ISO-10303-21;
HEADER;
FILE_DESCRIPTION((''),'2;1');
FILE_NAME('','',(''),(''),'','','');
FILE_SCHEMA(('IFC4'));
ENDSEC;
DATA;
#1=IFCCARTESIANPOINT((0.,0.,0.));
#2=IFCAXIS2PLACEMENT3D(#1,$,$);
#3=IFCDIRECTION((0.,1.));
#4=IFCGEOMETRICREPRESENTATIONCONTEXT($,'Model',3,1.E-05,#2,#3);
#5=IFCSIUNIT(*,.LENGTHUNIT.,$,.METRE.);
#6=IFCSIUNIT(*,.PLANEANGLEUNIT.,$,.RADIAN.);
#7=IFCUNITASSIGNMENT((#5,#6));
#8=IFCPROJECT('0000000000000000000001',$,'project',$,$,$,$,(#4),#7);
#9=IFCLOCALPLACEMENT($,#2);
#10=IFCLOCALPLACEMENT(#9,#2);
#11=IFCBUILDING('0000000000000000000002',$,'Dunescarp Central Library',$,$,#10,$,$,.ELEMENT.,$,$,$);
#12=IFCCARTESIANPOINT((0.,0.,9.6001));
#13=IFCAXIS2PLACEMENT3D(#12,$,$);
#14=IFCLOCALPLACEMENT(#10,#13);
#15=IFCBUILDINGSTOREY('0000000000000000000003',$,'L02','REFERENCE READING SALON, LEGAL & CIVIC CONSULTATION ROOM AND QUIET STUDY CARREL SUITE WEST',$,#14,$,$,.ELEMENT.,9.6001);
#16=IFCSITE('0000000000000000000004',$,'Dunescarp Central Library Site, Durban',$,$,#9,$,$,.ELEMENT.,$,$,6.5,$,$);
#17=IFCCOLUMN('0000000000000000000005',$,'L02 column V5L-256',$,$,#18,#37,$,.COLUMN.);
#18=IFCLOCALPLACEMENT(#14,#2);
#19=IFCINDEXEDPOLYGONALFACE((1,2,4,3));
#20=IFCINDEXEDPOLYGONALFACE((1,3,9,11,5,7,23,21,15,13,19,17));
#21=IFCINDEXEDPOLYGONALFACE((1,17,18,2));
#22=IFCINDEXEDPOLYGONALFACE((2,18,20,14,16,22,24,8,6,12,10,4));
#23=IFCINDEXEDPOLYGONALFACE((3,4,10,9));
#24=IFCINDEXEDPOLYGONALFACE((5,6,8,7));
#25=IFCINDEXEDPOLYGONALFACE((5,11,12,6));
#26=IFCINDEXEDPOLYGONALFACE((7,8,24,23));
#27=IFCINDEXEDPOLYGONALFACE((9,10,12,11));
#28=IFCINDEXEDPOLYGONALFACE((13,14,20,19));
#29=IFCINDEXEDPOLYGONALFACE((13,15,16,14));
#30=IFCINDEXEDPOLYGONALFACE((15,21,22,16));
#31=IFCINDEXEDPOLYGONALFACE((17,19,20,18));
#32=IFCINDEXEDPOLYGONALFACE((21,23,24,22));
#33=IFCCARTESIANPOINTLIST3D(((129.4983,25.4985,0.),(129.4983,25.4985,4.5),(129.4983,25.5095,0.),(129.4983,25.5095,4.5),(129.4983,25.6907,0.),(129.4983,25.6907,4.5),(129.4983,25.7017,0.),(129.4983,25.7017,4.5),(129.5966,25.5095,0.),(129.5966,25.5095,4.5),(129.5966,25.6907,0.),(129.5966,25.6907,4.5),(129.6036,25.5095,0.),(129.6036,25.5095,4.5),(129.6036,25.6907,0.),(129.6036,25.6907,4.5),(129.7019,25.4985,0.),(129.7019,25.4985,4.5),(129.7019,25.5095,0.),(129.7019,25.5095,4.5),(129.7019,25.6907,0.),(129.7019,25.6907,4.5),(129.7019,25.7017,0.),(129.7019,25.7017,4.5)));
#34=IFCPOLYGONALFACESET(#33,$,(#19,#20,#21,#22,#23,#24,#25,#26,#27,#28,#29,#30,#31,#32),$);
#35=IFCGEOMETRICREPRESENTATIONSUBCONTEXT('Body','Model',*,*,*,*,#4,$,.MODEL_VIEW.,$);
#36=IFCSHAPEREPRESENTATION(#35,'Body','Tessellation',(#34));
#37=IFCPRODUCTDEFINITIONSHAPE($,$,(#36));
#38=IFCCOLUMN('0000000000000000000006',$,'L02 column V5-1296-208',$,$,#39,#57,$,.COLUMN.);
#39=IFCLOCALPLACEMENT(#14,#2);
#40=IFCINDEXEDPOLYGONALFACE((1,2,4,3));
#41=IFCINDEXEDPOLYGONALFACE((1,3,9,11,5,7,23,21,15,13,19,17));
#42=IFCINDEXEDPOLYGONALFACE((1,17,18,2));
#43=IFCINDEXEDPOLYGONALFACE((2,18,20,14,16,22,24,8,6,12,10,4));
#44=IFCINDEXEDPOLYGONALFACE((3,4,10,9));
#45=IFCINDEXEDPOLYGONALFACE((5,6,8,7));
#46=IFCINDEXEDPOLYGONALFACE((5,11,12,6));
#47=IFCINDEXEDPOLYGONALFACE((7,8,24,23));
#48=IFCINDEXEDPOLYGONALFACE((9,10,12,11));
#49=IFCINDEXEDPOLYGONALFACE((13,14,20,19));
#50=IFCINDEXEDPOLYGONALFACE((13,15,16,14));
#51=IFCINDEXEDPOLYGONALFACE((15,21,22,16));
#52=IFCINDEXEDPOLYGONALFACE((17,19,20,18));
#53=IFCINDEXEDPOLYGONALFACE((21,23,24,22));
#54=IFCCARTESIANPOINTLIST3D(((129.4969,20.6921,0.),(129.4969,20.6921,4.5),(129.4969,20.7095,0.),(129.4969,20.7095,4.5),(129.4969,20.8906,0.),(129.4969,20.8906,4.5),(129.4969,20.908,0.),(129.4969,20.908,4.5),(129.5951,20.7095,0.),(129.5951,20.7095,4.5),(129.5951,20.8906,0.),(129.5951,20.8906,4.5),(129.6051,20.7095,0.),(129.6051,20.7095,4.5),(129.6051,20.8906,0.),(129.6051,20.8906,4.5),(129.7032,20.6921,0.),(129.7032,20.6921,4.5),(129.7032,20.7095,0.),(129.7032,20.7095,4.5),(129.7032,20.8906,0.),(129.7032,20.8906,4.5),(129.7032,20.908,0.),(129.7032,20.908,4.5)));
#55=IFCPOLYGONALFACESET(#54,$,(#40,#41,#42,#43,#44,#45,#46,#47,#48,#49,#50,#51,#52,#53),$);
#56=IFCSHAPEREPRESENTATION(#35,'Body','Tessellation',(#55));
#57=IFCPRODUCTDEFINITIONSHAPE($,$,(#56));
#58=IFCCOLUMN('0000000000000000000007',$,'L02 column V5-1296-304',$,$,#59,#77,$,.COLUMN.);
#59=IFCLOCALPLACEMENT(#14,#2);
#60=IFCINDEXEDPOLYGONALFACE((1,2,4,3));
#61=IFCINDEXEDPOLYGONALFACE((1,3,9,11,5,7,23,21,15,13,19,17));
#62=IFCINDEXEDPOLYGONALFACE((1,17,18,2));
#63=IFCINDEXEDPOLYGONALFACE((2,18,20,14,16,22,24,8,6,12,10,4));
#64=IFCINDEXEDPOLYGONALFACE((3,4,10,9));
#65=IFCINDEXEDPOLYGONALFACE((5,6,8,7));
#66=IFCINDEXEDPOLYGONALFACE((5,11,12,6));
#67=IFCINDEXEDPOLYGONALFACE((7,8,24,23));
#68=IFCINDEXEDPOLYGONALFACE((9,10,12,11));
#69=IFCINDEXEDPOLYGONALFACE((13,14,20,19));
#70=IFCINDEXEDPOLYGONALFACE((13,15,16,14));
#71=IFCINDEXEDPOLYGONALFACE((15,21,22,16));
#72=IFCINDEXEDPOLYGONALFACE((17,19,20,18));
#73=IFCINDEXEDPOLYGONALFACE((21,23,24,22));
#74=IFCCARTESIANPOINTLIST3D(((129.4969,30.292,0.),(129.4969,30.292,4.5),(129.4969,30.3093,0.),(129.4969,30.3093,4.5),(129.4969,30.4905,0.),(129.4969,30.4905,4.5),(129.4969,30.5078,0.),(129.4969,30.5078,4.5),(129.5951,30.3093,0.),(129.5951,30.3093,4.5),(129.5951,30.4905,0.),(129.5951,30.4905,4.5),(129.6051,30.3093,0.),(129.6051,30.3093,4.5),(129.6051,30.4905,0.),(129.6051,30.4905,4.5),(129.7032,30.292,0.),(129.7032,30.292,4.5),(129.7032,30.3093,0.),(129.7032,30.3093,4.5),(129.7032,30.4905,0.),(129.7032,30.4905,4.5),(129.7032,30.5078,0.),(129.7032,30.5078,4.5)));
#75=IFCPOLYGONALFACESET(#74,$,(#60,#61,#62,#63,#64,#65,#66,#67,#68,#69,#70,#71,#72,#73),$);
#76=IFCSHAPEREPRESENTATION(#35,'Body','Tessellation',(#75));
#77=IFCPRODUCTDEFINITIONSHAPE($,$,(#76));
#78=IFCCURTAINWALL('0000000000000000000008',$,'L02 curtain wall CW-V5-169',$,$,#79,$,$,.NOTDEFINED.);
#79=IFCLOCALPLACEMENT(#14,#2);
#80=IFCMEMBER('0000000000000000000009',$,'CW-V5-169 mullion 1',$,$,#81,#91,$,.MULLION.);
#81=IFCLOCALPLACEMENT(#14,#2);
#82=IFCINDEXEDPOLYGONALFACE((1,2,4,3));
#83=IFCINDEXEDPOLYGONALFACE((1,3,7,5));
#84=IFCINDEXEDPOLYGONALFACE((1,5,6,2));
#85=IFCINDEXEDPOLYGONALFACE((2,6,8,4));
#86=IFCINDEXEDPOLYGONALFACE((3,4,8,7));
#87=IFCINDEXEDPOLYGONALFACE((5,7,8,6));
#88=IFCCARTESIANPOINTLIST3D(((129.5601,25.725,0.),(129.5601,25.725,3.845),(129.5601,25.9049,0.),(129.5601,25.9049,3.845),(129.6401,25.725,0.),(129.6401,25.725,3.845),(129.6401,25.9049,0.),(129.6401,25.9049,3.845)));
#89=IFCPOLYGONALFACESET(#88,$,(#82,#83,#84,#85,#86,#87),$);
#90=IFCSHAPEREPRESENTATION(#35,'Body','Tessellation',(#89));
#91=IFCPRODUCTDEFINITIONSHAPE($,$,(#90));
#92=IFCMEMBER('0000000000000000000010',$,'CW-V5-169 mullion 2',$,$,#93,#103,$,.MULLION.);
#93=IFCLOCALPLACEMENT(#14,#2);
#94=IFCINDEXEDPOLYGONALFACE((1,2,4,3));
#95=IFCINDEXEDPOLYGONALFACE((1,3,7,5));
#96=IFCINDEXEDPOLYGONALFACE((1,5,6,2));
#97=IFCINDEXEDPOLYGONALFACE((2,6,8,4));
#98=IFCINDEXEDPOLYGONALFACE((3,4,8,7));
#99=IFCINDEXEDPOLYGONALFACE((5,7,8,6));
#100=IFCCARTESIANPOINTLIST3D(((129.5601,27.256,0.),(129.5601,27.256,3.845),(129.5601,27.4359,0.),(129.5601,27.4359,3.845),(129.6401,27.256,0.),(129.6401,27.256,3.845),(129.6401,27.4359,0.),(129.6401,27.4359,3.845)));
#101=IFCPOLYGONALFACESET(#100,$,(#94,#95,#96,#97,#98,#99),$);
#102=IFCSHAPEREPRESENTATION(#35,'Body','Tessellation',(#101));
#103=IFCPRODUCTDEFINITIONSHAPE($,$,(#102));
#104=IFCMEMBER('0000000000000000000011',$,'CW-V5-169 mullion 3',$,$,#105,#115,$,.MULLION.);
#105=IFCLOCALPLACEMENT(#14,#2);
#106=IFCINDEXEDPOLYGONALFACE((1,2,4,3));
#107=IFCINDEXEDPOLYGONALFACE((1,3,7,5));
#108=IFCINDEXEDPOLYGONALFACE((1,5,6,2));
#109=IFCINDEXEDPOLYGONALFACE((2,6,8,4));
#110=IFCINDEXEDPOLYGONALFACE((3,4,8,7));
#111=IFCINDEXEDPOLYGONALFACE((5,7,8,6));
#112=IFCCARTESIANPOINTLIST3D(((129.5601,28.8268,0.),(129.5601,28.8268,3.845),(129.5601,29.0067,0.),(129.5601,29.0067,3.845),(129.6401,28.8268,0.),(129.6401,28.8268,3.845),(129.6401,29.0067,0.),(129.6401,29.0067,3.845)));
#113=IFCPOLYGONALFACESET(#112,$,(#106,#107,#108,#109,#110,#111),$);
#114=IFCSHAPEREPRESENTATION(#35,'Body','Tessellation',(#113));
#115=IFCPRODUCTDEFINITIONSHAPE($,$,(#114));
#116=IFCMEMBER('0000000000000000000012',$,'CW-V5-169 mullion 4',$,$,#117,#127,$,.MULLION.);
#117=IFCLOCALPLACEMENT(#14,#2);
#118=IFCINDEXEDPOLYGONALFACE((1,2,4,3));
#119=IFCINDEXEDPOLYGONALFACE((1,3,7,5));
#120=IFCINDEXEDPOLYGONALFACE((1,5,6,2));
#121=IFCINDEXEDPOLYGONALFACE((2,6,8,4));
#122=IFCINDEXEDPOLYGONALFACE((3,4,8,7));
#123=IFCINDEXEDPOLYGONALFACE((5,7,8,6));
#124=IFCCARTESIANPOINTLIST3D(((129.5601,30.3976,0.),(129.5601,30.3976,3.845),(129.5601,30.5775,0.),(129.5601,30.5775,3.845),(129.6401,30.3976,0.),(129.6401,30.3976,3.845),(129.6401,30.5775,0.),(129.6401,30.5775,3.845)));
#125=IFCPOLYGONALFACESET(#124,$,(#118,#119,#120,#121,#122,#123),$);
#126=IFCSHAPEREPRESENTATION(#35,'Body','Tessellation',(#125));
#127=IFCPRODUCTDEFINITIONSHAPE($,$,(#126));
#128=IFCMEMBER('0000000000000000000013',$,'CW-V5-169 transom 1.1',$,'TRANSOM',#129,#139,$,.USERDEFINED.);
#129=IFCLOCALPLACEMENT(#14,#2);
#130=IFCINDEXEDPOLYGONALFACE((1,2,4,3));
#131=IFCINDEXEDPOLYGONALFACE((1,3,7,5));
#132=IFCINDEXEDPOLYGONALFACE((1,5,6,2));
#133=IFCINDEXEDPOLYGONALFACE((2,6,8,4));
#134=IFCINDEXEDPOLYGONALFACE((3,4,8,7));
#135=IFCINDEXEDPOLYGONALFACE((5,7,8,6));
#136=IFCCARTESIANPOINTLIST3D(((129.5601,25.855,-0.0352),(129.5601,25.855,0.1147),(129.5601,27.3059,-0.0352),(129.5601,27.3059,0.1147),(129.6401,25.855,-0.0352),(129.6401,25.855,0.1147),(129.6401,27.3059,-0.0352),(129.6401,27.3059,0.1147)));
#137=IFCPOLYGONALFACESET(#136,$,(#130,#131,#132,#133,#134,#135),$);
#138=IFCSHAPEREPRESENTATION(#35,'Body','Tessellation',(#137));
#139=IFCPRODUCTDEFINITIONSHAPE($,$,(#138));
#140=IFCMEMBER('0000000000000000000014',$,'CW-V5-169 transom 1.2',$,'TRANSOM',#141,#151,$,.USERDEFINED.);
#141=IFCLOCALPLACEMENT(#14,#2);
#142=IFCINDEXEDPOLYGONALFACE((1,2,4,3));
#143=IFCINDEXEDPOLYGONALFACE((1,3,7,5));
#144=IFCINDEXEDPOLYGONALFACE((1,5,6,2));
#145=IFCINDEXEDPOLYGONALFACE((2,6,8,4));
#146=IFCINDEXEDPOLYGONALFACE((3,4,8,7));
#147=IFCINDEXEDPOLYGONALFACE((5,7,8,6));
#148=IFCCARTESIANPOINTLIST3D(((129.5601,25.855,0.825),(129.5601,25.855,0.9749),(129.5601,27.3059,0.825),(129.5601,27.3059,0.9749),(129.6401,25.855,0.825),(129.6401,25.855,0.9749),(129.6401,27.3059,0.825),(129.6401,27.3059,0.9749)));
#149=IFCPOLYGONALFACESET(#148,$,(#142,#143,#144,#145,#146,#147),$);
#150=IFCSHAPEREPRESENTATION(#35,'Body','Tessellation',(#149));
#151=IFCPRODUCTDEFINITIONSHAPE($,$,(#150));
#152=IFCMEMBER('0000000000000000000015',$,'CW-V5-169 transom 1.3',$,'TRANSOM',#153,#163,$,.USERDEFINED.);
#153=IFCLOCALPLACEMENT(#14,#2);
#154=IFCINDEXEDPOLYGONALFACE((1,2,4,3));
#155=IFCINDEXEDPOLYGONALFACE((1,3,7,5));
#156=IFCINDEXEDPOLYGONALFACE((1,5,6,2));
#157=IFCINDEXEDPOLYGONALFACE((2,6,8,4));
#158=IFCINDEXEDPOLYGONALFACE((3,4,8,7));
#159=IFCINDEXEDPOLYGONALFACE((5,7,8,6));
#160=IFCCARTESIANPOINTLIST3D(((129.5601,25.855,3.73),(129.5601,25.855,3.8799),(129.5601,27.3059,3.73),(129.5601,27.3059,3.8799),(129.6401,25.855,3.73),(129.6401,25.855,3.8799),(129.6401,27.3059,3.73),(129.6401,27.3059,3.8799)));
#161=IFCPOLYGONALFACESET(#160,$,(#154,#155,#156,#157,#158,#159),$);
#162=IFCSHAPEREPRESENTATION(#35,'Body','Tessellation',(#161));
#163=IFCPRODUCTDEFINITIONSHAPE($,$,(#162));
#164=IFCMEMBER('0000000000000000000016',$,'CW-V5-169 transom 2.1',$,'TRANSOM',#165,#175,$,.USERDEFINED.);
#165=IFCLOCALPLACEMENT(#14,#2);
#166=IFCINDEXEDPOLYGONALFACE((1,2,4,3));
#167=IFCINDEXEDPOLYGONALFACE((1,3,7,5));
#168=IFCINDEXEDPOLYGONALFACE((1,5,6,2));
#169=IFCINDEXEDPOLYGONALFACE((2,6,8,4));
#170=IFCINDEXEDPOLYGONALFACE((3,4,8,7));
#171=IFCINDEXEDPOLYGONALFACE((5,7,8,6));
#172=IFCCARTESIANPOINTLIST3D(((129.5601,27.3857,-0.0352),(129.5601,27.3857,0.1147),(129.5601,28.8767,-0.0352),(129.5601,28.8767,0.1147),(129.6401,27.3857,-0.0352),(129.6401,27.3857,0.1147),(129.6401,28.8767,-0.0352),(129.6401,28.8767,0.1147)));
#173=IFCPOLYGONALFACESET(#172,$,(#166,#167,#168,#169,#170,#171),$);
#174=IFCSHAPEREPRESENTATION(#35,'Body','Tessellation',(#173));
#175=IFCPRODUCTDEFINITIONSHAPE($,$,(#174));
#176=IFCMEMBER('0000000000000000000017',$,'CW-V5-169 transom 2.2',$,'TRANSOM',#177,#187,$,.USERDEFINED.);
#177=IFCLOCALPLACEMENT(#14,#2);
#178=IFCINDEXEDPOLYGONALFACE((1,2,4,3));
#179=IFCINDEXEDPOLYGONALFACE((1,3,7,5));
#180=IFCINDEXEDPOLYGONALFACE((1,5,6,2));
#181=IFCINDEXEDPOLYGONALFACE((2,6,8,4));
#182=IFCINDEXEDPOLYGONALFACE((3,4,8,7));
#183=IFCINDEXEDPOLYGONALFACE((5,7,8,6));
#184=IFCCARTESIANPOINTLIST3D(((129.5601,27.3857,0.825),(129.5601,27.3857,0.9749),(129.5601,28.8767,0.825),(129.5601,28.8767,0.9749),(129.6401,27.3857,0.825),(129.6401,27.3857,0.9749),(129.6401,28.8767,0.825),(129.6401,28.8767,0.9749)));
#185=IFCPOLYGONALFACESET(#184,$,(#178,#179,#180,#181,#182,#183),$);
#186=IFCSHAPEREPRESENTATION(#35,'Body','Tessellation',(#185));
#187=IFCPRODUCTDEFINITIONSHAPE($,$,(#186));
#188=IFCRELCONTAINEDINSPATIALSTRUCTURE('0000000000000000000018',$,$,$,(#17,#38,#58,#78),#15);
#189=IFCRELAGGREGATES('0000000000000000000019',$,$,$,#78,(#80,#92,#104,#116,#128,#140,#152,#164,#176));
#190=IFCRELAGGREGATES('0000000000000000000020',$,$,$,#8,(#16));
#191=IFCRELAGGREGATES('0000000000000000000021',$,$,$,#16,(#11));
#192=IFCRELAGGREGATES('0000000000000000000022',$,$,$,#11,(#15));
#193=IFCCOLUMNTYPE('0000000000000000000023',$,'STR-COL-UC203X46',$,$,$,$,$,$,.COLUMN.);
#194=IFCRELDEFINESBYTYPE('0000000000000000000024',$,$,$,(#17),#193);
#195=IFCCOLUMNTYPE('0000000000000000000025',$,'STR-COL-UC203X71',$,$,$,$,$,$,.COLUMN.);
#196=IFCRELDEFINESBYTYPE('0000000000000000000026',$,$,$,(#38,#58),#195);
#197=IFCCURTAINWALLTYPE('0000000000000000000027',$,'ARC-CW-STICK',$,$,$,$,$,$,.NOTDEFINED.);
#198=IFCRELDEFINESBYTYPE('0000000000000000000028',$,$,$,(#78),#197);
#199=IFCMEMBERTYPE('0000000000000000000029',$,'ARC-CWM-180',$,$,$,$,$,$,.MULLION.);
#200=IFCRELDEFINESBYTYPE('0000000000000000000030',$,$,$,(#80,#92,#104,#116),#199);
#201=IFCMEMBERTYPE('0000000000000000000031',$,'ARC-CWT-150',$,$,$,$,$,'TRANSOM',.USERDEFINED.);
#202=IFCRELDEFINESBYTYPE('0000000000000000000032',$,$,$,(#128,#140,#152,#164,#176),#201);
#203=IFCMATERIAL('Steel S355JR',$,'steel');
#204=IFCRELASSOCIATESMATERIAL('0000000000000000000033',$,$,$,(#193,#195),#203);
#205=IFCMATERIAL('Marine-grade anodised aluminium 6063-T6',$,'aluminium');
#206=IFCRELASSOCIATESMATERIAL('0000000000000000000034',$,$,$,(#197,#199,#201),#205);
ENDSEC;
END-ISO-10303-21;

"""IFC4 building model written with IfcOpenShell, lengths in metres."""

from ifc_helpers import new_model, si_unit, direction, frame, origin, origin_2d, place, context, subcontext, project, spatial, rectangle, i_section, extrude, material, material_profile, profile_set, type_object, element, aggregate, save


model = new_model("IFC4")

# Units and contexts
model_context = context("Model", 3, precision=1e-05, world=origin(), true_north=direction((0.0, 1.0)))
body_context = subcontext(model_context, "Body", "Model", "MODEL_VIEW")
ifc_project = project(units=[si_unit("LENGTHUNIT", "METRE"), si_unit("PLANEANGLEUNIT", "RADIAN")], contexts=[model_context])

# Site, building, storey
site_placement = place(None, origin())
site = spatial("IfcSite", under=ifc_project, at=site_placement, Name="Dunescarp Central Library Site, Durban", CompositionType="ELEMENT", RefElevation=6.5)
building_placement = place(site_placement, origin())
building = spatial("IfcBuilding", under=site, at=building_placement, Name="Dunescarp Central Library", CompositionType="ELEMENT")
storey_placement = place(building_placement, frame((0.0, 0.0, 9.6001)))
storey = spatial("IfcBuildingStorey", under=building, at=storey_placement, Name="L02", Description="REFERENCE READING SALON, LEGAL & CIVIC CONSULTATION ROOM AND QUIET STUDY CARREL SUITE WEST", CompositionType="ELEMENT", Elevation=9.6001)

# Columns
ifc_material_1 = material(Name="Steel S355JR", Category="steel")
ifc_material_profile_1 = material_profile(ifc_material_1, i_section(OverallWidth=0.2036, OverallDepth=0.2031, WebThickness=0.0071, FlangeThickness=0.011, at=origin_2d()), Name="UC 203x203x46")
ifc_profile_set_1 = profile_set([ifc_material_profile_1], Name="Steel S355JR")
column_type_1 = type_object("IfcColumnType", Name="STR-COL-UC203X46", PredefinedType="COLUMN", material=ifc_profile_set_1)
column_placement = place(storey_placement, frame((129.6001, 25.6001, 0.0), z_axis=(0.0, 0.0, 1.0), x_axis=(1.0, 0.0, 0.0)))
element("IfcColumn", 1, at=column_placement, inside=storey, type_object=column_type_1, Name="L02 column V5L-256", PredefinedType="COLUMN", context=body_context, shape_type="SweptSolid", body=[
    extrude(i_section(OverallWidth=0.2036, OverallDepth=0.2031, WebThickness=0.0071, FlangeThickness=0.011, at=origin_2d()), origin(), (0.0, 0.0, 1.0), 4.5),
])
ifc_material_profile_2 = material_profile(ifc_material_1, i_section(OverallWidth=0.2063, OverallDepth=0.2158, WebThickness=0.01, FlangeThickness=0.0173, at=origin_2d()), Name="UC 203x203x71")
ifc_profile_set_2 = profile_set([ifc_material_profile_2], Name="Steel S355JR")
column_type_2 = type_object("IfcColumnType", Name="STR-COL-UC203X71", PredefinedType="COLUMN", material=ifc_profile_set_2)
for number, where, z_axis, x_axis, name in (
    (2, (129.6001, 20.8, 0.0), (0.0, 0.0, 1.0), (1.0, 0.0, 0.0), "L02 column V5-1296-208"),
    (3, (129.6001, 30.3999, 0.0), (0.0, 0.0, 1.0), (1.0, 0.0, 0.0), "L02 column V5-1296-304"),
):
    element("IfcColumn", number, at=place(storey_placement, frame(where, z_axis=z_axis, x_axis=x_axis)), inside=storey, type_object=column_type_2, Name=name, PredefinedType="COLUMN", context=body_context, shape_type="SweptSolid", body=[
        extrude(i_section(OverallWidth=0.2063, OverallDepth=0.2158, WebThickness=0.01, FlangeThickness=0.0173, at=origin_2d()), origin(), (0.0, 0.0, 1.0), 4.5),
    ])

# Curtain wall, members
ifc_material_2 = material(Name="Marine-grade anodised aluminium 6063-T6", Category="aluminium")
curtain_wall_type = type_object("IfcCurtainWallType", Name="ARC-CW-STICK", PredefinedType="NOTDEFINED", material=ifc_material_2)
curtain_wall_placement = place(storey_placement, origin())
curtain_wall = element("IfcCurtainWall", 4, at=curtain_wall_placement, inside=storey, type_object=curtain_wall_type, Name="L02 curtain wall CW-V5-169", PredefinedType="NOTDEFINED")
ifc_material_profile_3 = material_profile(ifc_material_2, rectangle(XDim=0.0801, YDim=0.1799, at=origin_2d()), Name="AL 80x180")
ifc_profile_set_3 = profile_set([ifc_material_profile_3], Name="Marine-grade anodised aluminium 6063-T6")
member_type_1 = type_object("IfcMemberType", Name="ARC-CWM-180", PredefinedType="MULLION", material=ifc_profile_set_3)
member_1_placement = place(storey_placement, frame((129.6001, 25.8149, 0.0), z_axis=(0.0, 0.0, 1.0), x_axis=(-1.0, 0.0, 0.0)))
member_1 = element("IfcMember", 5, at=member_1_placement, type_object=member_type_1, Name="CW-V5-169 mullion 1", PredefinedType="MULLION", context=body_context, shape_type="SweptSolid", body=[
    extrude(rectangle(XDim=0.0801, YDim=0.1799, at=origin_2d()), origin(), (0.0, 0.0, 1.0), 3.845),
])
member_2_placement = place(storey_placement, frame((129.6001, 27.3459, 0.0), z_axis=(0.0, 0.0, 1.0), x_axis=(-1.0, 0.0, 0.0)))
member_2 = element("IfcMember", 6, at=member_2_placement, type_object=member_type_1, Name="CW-V5-169 mullion 2", PredefinedType="MULLION", context=body_context, shape_type="SweptSolid", body=[
    extrude(rectangle(XDim=0.0801, YDim=0.1799, at=origin_2d()), origin(), (0.0, 0.0, 1.0), 3.845),
])
member_3_placement = place(storey_placement, frame((129.6001, 28.9167, 0.0), z_axis=(0.0, 0.0, 1.0), x_axis=(-1.0, 0.0, 0.0)))
member_3 = element("IfcMember", 7, at=member_3_placement, type_object=member_type_1, Name="CW-V5-169 mullion 3", PredefinedType="MULLION", context=body_context, shape_type="SweptSolid", body=[
    extrude(rectangle(XDim=0.0801, YDim=0.1799, at=origin_2d()), origin(), (0.0, 0.0, 1.0), 3.845),
])
member_4_placement = place(storey_placement, frame((129.6001, 30.4875, 0.0), z_axis=(0.0, 0.0, 1.0), x_axis=(-1.0, 0.0, 0.0)))
member_4 = element("IfcMember", 8, at=member_4_placement, type_object=member_type_1, Name="CW-V5-169 mullion 4", PredefinedType="MULLION", context=body_context, shape_type="SweptSolid", body=[
    extrude(rectangle(XDim=0.0801, YDim=0.1799, at=origin_2d()), origin(), (0.0, 0.0, 1.0), 3.845),
])
ifc_material_profile_4 = material_profile(ifc_material_2, rectangle(XDim=0.0801, YDim=0.1499, at=origin_2d()), Name="AL 80x150")
ifc_profile_set_4 = profile_set([ifc_material_profile_4], Name="Marine-grade anodised aluminium 6063-T6")
member_type_2 = type_object("IfcMemberType", Name="ARC-CWT-150", ElementType="TRANSOM", PredefinedType="USERDEFINED", material=ifc_profile_set_4)
member_5_placement = place(storey_placement, frame((129.6001, 25.855, 0.0398), z_axis=(0.0, 1.0, 0.0), x_axis=(-1.0, 0.0, 0.0)))
member_5 = element("IfcMember", 9, at=member_5_placement, type_object=member_type_2, Name="CW-V5-169 transom 1.1", ObjectType="TRANSOM", PredefinedType="USERDEFINED", context=body_context, shape_type="SweptSolid", body=[
    extrude(rectangle(XDim=0.0801, YDim=0.1499, at=origin_2d()), origin(), (0.0, 0.0, 1.0), 1.4509),
])
member_6_placement = place(storey_placement, frame((129.6001, 25.855, 0.8999), z_axis=(0.0, 1.0, 0.0), x_axis=(-1.0, 0.0, 0.0)))
member_6 = element("IfcMember", 10, at=member_6_placement, type_object=member_type_2, Name="CW-V5-169 transom 1.2", ObjectType="TRANSOM", PredefinedType="USERDEFINED", context=body_context, shape_type="SweptSolid", body=[
    extrude(rectangle(XDim=0.0801, YDim=0.1499, at=origin_2d()), origin(), (0.0, 0.0, 1.0), 1.4509),
])
member_7_placement = place(storey_placement, frame((129.6001, 25.855, 3.8049), z_axis=(0.0, 1.0, 0.0), x_axis=(-1.0, 0.0, 0.0)))
member_7 = element("IfcMember", 11, at=member_7_placement, type_object=member_type_2, Name="CW-V5-169 transom 1.3", ObjectType="TRANSOM", PredefinedType="USERDEFINED", context=body_context, shape_type="SweptSolid", body=[
    extrude(rectangle(XDim=0.0801, YDim=0.1499, at=origin_2d()), origin(), (0.0, 0.0, 1.0), 1.4509),
])
member_8_placement = place(storey_placement, frame((129.6001, 27.3857, 0.0398), z_axis=(0.0, 1.0, 0.0), x_axis=(-1.0, 0.0, 0.0)))
member_8 = element("IfcMember", 12, at=member_8_placement, type_object=member_type_2, Name="CW-V5-169 transom 2.1", ObjectType="TRANSOM", PredefinedType="USERDEFINED", context=body_context, shape_type="SweptSolid", body=[
    extrude(rectangle(XDim=0.0801, YDim=0.1499, at=origin_2d()), origin(), (0.0, 0.0, 1.0), 1.491),
])
member_9_placement = place(storey_placement, frame((129.6001, 27.3857, 0.8999), z_axis=(0.0, 1.0, 0.0), x_axis=(-1.0, 0.0, 0.0)))
member_9 = element("IfcMember", 13, at=member_9_placement, type_object=member_type_2, Name="CW-V5-169 transom 2.2", ObjectType="TRANSOM", PredefinedType="USERDEFINED", context=body_context, shape_type="SweptSolid", body=[
    extrude(rectangle(XDim=0.0801, YDim=0.1499, at=origin_2d()), origin(), (0.0, 0.0, 1.0), 1.491),
])

aggregate(curtain_wall, [member_1, member_2, member_3, member_4, member_5, member_6, member_7, member_8, member_9])

save(model, "model.ifc")
